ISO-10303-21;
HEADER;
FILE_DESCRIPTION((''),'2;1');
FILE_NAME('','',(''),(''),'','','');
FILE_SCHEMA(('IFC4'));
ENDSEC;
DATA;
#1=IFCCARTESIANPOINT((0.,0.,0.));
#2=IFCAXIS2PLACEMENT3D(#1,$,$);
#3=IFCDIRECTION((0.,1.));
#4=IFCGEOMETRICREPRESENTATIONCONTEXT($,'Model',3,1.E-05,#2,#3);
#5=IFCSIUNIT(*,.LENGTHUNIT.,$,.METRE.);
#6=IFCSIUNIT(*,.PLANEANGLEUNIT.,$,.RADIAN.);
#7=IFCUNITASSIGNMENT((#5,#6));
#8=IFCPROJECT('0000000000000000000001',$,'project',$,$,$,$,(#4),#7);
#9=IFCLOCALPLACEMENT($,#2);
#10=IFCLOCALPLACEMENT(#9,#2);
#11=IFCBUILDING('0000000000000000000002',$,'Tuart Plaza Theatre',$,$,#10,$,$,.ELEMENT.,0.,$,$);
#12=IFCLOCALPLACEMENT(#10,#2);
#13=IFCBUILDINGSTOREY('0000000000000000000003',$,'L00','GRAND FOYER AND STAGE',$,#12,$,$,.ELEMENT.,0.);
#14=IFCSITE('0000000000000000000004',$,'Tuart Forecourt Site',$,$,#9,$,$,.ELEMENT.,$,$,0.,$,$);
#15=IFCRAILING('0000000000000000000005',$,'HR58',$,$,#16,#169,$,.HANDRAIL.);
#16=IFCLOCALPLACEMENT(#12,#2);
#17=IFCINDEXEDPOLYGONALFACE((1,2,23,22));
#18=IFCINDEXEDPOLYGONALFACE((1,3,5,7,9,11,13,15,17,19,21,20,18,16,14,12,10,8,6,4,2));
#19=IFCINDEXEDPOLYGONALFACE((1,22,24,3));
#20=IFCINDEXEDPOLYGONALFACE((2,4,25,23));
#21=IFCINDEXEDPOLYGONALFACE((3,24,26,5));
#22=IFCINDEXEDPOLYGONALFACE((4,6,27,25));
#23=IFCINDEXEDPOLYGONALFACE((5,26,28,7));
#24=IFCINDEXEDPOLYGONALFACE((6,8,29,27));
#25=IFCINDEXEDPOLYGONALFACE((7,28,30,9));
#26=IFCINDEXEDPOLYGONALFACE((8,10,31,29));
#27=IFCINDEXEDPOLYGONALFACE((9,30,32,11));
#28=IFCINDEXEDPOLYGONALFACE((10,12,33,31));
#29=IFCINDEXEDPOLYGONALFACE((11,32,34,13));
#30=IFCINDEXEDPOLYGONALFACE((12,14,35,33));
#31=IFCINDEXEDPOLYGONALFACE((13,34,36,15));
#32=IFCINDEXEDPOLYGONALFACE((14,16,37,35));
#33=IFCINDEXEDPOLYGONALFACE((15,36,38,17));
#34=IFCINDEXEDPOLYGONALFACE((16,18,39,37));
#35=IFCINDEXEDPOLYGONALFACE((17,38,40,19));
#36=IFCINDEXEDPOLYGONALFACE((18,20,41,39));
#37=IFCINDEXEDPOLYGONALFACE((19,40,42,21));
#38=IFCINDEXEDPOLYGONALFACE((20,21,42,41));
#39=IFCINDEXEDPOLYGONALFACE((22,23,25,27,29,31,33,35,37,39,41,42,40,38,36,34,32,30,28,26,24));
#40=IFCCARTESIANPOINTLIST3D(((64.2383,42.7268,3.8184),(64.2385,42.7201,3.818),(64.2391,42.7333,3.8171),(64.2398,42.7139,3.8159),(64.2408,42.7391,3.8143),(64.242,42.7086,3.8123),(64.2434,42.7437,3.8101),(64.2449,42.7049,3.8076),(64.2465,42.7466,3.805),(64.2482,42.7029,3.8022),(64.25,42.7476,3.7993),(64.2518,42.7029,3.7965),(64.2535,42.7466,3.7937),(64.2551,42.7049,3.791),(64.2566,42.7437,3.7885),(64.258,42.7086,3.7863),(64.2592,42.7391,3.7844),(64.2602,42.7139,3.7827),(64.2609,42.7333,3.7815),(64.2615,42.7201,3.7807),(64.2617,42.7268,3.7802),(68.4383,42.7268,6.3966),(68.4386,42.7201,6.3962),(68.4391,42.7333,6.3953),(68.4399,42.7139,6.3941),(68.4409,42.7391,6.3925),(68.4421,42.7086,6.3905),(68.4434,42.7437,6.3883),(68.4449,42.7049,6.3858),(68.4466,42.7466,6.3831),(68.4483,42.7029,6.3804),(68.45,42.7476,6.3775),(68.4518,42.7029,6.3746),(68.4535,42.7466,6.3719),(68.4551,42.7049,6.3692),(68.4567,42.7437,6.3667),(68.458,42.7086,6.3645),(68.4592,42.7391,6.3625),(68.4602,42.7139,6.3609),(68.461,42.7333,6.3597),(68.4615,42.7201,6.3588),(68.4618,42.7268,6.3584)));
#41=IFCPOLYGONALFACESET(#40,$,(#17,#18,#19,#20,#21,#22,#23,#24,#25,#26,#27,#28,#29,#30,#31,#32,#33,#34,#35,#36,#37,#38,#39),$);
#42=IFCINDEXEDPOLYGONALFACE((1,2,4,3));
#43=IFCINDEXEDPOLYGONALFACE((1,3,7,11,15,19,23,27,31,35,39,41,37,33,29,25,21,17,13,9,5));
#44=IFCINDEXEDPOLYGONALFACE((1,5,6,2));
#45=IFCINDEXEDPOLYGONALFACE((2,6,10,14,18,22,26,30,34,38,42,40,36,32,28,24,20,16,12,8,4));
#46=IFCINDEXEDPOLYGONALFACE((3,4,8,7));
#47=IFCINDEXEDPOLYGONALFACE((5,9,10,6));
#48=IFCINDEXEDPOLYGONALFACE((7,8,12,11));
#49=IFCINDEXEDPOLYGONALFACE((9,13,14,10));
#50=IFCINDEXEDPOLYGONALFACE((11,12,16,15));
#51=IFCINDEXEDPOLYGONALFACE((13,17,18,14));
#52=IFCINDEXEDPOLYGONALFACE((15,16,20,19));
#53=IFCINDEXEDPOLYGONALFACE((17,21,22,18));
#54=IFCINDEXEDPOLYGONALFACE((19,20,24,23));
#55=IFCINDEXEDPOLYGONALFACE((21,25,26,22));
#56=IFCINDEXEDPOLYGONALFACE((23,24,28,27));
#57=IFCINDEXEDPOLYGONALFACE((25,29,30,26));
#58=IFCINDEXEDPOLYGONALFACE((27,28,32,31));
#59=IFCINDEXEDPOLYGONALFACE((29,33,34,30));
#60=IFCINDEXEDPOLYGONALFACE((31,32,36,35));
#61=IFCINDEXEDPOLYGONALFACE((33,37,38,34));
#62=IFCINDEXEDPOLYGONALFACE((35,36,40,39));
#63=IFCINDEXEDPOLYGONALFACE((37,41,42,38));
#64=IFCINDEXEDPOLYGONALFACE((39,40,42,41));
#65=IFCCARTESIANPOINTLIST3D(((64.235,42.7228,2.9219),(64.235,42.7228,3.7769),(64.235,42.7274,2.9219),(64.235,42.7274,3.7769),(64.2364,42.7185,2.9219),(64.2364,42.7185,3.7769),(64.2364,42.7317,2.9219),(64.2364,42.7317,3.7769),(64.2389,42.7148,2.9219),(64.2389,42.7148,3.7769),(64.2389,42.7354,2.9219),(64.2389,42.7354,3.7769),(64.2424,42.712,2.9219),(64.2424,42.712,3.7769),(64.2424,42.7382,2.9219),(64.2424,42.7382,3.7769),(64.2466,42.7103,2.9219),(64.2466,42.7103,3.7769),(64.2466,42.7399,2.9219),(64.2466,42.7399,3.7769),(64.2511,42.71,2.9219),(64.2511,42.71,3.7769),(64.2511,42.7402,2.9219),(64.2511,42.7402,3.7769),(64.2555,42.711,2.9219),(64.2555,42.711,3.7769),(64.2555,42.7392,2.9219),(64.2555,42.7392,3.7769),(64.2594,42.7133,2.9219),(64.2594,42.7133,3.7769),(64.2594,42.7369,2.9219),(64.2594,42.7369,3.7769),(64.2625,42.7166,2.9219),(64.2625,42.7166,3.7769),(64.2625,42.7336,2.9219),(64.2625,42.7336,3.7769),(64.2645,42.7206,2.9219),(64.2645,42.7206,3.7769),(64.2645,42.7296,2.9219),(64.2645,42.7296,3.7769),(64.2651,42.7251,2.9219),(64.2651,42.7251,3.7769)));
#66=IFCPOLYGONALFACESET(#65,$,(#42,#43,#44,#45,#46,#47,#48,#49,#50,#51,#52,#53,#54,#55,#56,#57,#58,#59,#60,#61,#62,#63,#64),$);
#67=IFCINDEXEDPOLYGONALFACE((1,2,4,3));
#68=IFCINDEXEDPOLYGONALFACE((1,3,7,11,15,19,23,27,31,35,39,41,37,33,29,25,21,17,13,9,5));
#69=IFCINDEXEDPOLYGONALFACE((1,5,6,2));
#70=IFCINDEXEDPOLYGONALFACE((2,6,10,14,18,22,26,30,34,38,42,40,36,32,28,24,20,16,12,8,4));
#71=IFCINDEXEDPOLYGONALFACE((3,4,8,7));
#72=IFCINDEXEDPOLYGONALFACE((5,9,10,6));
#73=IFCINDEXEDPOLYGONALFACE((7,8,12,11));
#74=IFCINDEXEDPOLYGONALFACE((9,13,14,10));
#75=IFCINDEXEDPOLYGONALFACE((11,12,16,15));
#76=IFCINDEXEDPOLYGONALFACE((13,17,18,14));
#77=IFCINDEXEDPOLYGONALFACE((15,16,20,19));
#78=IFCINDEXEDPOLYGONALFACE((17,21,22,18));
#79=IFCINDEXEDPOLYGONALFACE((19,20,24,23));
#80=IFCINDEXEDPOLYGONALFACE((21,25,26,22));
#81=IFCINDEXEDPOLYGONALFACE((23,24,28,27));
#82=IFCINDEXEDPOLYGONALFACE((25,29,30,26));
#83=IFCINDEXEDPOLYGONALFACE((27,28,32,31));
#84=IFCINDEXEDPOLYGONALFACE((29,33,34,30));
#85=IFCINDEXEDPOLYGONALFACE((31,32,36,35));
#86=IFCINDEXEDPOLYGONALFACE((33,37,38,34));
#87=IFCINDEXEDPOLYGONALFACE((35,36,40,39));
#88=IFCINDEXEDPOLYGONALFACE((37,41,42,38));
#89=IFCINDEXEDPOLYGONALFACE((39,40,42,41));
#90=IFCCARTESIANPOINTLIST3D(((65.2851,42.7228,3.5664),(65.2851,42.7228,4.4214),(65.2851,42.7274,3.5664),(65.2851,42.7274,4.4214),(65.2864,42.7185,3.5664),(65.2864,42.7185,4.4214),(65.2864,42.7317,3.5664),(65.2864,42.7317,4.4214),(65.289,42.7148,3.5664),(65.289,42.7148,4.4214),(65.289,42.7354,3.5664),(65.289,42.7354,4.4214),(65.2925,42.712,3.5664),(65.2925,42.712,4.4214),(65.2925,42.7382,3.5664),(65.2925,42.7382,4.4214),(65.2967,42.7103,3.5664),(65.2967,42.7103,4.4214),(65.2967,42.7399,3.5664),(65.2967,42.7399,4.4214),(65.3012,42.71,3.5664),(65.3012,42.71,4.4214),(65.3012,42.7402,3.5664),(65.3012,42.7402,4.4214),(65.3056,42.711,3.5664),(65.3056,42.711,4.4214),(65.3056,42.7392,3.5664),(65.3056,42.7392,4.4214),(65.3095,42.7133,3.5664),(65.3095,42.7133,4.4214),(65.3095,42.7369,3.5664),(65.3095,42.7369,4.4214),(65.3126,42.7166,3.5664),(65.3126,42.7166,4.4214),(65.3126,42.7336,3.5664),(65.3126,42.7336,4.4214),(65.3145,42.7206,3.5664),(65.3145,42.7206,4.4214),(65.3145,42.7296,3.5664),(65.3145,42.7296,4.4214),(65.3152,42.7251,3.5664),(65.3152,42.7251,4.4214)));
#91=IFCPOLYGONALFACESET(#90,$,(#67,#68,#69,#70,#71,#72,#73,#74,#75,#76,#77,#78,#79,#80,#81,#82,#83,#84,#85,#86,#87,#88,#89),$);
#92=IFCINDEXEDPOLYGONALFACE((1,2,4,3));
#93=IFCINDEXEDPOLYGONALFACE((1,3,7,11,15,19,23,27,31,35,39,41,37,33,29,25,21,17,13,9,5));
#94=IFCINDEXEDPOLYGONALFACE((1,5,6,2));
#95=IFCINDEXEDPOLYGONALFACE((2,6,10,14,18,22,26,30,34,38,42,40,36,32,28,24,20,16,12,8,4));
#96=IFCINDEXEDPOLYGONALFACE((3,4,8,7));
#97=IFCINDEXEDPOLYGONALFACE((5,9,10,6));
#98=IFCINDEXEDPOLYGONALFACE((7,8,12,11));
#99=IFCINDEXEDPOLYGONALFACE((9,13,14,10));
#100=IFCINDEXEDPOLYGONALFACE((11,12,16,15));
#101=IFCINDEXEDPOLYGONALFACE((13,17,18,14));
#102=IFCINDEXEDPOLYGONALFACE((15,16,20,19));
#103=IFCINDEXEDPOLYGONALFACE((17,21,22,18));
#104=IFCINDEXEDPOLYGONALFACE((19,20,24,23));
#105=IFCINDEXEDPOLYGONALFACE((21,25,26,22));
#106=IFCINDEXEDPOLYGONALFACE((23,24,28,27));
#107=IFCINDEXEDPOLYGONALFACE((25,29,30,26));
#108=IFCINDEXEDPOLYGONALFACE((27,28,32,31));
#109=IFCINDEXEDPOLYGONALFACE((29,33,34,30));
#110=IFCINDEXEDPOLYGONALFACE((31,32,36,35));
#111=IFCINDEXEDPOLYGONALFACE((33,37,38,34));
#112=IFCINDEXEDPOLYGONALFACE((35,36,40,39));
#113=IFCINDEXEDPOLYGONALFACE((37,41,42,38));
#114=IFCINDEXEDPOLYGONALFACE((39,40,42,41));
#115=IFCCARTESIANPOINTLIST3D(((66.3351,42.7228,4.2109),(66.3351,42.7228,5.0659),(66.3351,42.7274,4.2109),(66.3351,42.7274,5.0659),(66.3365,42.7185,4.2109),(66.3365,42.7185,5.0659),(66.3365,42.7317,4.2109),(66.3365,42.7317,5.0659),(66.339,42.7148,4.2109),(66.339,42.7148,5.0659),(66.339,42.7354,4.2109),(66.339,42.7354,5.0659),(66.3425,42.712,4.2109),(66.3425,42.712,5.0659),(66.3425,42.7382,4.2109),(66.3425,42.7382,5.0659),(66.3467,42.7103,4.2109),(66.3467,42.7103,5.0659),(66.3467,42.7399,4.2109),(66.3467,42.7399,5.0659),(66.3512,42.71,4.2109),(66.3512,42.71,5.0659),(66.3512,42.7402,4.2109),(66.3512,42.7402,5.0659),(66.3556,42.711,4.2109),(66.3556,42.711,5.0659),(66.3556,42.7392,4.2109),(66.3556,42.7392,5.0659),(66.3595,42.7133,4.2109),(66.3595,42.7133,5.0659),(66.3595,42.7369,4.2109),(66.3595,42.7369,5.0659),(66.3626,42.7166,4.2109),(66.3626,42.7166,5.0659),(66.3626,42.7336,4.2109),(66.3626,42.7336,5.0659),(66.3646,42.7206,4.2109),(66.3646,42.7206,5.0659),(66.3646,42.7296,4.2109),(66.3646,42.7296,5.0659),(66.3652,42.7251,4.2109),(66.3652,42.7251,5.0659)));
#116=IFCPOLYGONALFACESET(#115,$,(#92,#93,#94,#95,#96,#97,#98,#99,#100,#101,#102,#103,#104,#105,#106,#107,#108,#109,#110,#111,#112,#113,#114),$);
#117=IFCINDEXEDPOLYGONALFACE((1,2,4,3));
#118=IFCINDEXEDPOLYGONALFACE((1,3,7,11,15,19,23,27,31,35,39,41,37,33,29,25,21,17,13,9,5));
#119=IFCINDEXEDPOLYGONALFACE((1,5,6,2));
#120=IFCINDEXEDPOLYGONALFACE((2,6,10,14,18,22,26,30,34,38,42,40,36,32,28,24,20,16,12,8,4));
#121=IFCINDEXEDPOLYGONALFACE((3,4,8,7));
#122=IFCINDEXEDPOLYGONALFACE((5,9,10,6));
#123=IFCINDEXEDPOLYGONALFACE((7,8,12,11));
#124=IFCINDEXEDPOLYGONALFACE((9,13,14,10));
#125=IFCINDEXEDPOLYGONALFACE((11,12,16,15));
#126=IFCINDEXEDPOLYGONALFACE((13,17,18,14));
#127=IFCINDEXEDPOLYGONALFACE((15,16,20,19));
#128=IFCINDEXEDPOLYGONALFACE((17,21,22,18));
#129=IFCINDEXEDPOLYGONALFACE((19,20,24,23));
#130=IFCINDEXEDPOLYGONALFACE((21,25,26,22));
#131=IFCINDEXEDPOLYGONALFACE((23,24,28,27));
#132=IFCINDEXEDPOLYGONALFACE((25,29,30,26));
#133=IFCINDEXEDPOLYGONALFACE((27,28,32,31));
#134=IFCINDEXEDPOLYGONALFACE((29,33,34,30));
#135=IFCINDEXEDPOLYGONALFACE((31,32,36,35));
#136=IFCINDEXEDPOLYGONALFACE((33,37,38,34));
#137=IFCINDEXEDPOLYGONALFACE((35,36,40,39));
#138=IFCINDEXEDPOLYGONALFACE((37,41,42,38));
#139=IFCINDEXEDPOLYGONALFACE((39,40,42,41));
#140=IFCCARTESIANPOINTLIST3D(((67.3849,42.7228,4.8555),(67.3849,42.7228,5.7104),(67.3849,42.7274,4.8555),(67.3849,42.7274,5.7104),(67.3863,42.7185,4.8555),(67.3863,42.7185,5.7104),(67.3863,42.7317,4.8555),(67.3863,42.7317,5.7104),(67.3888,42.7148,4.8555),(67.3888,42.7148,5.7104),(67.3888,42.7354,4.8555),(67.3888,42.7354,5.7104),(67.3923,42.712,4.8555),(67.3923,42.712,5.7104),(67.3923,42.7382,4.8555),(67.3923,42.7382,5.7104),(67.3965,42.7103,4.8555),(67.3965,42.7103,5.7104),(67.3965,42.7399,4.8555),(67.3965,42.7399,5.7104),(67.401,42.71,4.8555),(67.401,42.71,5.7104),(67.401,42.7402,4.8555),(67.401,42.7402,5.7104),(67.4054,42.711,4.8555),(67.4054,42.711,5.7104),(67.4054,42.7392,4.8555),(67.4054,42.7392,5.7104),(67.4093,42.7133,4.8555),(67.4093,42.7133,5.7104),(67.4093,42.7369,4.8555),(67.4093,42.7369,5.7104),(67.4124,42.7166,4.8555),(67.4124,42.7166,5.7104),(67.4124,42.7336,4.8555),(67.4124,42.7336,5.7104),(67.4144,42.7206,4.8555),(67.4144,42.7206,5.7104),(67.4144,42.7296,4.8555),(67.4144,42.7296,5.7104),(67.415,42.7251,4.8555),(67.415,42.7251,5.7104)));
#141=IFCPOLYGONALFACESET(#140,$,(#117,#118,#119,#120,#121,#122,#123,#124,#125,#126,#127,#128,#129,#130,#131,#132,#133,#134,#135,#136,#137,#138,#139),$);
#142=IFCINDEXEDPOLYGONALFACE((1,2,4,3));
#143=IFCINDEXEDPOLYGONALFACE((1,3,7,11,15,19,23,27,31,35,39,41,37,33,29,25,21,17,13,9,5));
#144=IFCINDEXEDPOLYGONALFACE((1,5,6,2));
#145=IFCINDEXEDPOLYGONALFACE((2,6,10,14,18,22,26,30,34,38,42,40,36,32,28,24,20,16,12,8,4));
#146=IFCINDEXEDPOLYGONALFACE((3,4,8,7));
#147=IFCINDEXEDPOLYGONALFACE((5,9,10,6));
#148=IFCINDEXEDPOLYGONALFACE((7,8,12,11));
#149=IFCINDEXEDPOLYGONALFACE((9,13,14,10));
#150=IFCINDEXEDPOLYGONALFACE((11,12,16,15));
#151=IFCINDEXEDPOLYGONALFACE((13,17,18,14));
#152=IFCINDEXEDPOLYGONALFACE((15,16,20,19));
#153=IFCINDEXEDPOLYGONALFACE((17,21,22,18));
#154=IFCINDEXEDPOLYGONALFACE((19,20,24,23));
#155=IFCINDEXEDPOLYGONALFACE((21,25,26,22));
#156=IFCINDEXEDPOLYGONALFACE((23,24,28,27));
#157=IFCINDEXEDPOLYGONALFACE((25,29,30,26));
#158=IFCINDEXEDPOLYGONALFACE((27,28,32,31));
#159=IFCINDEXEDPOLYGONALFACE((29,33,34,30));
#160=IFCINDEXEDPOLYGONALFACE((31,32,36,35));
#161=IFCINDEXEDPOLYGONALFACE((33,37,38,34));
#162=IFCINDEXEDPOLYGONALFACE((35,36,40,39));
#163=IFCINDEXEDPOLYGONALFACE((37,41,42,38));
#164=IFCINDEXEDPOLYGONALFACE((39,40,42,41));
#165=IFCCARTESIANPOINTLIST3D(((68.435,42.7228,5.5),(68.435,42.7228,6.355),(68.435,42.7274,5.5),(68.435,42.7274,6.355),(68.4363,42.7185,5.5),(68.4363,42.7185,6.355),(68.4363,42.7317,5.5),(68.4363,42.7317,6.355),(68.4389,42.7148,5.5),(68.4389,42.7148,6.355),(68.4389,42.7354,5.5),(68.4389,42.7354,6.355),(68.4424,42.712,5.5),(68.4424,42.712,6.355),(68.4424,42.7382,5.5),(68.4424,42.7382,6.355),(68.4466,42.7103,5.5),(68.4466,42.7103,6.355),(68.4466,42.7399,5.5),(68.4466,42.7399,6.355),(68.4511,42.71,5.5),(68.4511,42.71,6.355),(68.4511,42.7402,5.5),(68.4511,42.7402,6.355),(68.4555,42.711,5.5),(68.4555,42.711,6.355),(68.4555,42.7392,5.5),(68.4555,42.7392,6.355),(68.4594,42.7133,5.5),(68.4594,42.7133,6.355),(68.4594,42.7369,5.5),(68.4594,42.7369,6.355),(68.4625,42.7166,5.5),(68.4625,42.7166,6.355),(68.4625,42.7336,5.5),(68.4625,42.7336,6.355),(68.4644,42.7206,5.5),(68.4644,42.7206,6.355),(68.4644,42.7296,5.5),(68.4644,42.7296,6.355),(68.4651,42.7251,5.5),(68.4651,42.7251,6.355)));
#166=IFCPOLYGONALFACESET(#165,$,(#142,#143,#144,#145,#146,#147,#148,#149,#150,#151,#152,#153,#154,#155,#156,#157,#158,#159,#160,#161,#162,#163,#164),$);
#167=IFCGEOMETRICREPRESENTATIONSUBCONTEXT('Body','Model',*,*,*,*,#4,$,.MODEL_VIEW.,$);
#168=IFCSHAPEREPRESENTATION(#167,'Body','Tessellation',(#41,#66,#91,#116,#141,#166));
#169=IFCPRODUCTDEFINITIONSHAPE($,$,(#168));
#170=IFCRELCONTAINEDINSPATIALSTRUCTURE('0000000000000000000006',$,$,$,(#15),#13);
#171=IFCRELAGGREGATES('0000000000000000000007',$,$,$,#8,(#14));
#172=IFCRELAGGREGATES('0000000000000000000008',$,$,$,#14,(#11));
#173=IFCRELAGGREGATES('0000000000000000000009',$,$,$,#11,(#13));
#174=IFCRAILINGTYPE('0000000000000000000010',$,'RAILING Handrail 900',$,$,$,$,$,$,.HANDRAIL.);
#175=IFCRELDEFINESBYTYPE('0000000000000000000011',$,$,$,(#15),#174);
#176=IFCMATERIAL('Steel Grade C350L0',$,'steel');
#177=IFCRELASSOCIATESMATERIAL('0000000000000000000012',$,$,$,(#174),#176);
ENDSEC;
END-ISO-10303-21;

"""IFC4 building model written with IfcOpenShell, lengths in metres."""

from ifc_helpers import new_model, si_unit, direction, frame, origin, origin_2d, place, context, subcontext, project, spatial, circle, extrude, material, type_object, element, save


model = new_model("IFC4")

# Units and contexts
model_context = context("Model", 3, precision=1e-05, world=origin(), true_north=direction((0.0, 1.0)))
body_context = subcontext(model_context, "Body", "Model", "MODEL_VIEW")
ifc_project = project(units=[si_unit("LENGTHUNIT", "METRE"), si_unit("PLANEANGLEUNIT", "RADIAN")], contexts=[model_context])

# Site, building, storey
site_placement = place(None, origin())
site = spatial("IfcSite", under=ifc_project, at=site_placement, Name="Tuart Forecourt Site", CompositionType="ELEMENT", RefElevation=0.0)
building_placement = place(site_placement, origin())
building = spatial("IfcBuilding", under=site, at=building_placement, Name="Tuart Plaza Theatre", CompositionType="ELEMENT", ElevationOfRefHeight=0.0)
storey_placement = place(building_placement, origin())
storey = spatial("IfcBuildingStorey", under=building, at=storey_placement, Name="L00", Description="GRAND FOYER AND STAGE", CompositionType="ELEMENT", Elevation=0.0)

# Railing
ifc_material_1 = material(Name="Steel Grade C350L0", Category="steel")
railing_type_1 = type_object("IfcRailingType", Name="RAILING Handrail 900", PredefinedType="HANDRAIL", material=ifc_material_1)
railing_1_placement = place(storey_placement, frame((64.25, 42.7251, 2.9219)))
element("IfcRailing", 1, at=railing_1_placement, inside=storey, type_object=railing_type_1, Name="HR58", PredefinedType="HANDRAIL", context=body_context, shape_type="SweptSolid", body=[
    extrude(circle(Radius=0.0225, at=origin_2d()), frame((0.0, 0.0, 0.8774), z_axis=(0.852243, 0.0, 0.523146), x_axis=(0.0, 1.0, 0.0)), (0.0, 0.0, 1.0), 4.9282),
    extrude(circle(Radius=0.0151, at=origin_2d()), origin(), (0.0, 0.0, 1.0), 0.855),
    extrude(circle(Radius=0.0151, at=origin_2d()), frame((1.05, 0.0, 0.6445)), (0.0, 0.0, 1.0), 0.855),
    extrude(circle(Radius=0.0151, at=origin_2d()), frame((2.1001, 0.0, 1.2891)), (0.0, 0.0, 1.0), 0.855),
    extrude(circle(Radius=0.0151, at=origin_2d()), frame((3.1499, 0.0, 1.9336)), (0.0, 0.0, 1.0), 0.855),
    extrude(circle(Radius=0.0151, at=origin_2d()), frame((4.2, 0.0, 2.5781)), (0.0, 0.0, 1.0), 0.855),
])

save(model, "model.ifc")
